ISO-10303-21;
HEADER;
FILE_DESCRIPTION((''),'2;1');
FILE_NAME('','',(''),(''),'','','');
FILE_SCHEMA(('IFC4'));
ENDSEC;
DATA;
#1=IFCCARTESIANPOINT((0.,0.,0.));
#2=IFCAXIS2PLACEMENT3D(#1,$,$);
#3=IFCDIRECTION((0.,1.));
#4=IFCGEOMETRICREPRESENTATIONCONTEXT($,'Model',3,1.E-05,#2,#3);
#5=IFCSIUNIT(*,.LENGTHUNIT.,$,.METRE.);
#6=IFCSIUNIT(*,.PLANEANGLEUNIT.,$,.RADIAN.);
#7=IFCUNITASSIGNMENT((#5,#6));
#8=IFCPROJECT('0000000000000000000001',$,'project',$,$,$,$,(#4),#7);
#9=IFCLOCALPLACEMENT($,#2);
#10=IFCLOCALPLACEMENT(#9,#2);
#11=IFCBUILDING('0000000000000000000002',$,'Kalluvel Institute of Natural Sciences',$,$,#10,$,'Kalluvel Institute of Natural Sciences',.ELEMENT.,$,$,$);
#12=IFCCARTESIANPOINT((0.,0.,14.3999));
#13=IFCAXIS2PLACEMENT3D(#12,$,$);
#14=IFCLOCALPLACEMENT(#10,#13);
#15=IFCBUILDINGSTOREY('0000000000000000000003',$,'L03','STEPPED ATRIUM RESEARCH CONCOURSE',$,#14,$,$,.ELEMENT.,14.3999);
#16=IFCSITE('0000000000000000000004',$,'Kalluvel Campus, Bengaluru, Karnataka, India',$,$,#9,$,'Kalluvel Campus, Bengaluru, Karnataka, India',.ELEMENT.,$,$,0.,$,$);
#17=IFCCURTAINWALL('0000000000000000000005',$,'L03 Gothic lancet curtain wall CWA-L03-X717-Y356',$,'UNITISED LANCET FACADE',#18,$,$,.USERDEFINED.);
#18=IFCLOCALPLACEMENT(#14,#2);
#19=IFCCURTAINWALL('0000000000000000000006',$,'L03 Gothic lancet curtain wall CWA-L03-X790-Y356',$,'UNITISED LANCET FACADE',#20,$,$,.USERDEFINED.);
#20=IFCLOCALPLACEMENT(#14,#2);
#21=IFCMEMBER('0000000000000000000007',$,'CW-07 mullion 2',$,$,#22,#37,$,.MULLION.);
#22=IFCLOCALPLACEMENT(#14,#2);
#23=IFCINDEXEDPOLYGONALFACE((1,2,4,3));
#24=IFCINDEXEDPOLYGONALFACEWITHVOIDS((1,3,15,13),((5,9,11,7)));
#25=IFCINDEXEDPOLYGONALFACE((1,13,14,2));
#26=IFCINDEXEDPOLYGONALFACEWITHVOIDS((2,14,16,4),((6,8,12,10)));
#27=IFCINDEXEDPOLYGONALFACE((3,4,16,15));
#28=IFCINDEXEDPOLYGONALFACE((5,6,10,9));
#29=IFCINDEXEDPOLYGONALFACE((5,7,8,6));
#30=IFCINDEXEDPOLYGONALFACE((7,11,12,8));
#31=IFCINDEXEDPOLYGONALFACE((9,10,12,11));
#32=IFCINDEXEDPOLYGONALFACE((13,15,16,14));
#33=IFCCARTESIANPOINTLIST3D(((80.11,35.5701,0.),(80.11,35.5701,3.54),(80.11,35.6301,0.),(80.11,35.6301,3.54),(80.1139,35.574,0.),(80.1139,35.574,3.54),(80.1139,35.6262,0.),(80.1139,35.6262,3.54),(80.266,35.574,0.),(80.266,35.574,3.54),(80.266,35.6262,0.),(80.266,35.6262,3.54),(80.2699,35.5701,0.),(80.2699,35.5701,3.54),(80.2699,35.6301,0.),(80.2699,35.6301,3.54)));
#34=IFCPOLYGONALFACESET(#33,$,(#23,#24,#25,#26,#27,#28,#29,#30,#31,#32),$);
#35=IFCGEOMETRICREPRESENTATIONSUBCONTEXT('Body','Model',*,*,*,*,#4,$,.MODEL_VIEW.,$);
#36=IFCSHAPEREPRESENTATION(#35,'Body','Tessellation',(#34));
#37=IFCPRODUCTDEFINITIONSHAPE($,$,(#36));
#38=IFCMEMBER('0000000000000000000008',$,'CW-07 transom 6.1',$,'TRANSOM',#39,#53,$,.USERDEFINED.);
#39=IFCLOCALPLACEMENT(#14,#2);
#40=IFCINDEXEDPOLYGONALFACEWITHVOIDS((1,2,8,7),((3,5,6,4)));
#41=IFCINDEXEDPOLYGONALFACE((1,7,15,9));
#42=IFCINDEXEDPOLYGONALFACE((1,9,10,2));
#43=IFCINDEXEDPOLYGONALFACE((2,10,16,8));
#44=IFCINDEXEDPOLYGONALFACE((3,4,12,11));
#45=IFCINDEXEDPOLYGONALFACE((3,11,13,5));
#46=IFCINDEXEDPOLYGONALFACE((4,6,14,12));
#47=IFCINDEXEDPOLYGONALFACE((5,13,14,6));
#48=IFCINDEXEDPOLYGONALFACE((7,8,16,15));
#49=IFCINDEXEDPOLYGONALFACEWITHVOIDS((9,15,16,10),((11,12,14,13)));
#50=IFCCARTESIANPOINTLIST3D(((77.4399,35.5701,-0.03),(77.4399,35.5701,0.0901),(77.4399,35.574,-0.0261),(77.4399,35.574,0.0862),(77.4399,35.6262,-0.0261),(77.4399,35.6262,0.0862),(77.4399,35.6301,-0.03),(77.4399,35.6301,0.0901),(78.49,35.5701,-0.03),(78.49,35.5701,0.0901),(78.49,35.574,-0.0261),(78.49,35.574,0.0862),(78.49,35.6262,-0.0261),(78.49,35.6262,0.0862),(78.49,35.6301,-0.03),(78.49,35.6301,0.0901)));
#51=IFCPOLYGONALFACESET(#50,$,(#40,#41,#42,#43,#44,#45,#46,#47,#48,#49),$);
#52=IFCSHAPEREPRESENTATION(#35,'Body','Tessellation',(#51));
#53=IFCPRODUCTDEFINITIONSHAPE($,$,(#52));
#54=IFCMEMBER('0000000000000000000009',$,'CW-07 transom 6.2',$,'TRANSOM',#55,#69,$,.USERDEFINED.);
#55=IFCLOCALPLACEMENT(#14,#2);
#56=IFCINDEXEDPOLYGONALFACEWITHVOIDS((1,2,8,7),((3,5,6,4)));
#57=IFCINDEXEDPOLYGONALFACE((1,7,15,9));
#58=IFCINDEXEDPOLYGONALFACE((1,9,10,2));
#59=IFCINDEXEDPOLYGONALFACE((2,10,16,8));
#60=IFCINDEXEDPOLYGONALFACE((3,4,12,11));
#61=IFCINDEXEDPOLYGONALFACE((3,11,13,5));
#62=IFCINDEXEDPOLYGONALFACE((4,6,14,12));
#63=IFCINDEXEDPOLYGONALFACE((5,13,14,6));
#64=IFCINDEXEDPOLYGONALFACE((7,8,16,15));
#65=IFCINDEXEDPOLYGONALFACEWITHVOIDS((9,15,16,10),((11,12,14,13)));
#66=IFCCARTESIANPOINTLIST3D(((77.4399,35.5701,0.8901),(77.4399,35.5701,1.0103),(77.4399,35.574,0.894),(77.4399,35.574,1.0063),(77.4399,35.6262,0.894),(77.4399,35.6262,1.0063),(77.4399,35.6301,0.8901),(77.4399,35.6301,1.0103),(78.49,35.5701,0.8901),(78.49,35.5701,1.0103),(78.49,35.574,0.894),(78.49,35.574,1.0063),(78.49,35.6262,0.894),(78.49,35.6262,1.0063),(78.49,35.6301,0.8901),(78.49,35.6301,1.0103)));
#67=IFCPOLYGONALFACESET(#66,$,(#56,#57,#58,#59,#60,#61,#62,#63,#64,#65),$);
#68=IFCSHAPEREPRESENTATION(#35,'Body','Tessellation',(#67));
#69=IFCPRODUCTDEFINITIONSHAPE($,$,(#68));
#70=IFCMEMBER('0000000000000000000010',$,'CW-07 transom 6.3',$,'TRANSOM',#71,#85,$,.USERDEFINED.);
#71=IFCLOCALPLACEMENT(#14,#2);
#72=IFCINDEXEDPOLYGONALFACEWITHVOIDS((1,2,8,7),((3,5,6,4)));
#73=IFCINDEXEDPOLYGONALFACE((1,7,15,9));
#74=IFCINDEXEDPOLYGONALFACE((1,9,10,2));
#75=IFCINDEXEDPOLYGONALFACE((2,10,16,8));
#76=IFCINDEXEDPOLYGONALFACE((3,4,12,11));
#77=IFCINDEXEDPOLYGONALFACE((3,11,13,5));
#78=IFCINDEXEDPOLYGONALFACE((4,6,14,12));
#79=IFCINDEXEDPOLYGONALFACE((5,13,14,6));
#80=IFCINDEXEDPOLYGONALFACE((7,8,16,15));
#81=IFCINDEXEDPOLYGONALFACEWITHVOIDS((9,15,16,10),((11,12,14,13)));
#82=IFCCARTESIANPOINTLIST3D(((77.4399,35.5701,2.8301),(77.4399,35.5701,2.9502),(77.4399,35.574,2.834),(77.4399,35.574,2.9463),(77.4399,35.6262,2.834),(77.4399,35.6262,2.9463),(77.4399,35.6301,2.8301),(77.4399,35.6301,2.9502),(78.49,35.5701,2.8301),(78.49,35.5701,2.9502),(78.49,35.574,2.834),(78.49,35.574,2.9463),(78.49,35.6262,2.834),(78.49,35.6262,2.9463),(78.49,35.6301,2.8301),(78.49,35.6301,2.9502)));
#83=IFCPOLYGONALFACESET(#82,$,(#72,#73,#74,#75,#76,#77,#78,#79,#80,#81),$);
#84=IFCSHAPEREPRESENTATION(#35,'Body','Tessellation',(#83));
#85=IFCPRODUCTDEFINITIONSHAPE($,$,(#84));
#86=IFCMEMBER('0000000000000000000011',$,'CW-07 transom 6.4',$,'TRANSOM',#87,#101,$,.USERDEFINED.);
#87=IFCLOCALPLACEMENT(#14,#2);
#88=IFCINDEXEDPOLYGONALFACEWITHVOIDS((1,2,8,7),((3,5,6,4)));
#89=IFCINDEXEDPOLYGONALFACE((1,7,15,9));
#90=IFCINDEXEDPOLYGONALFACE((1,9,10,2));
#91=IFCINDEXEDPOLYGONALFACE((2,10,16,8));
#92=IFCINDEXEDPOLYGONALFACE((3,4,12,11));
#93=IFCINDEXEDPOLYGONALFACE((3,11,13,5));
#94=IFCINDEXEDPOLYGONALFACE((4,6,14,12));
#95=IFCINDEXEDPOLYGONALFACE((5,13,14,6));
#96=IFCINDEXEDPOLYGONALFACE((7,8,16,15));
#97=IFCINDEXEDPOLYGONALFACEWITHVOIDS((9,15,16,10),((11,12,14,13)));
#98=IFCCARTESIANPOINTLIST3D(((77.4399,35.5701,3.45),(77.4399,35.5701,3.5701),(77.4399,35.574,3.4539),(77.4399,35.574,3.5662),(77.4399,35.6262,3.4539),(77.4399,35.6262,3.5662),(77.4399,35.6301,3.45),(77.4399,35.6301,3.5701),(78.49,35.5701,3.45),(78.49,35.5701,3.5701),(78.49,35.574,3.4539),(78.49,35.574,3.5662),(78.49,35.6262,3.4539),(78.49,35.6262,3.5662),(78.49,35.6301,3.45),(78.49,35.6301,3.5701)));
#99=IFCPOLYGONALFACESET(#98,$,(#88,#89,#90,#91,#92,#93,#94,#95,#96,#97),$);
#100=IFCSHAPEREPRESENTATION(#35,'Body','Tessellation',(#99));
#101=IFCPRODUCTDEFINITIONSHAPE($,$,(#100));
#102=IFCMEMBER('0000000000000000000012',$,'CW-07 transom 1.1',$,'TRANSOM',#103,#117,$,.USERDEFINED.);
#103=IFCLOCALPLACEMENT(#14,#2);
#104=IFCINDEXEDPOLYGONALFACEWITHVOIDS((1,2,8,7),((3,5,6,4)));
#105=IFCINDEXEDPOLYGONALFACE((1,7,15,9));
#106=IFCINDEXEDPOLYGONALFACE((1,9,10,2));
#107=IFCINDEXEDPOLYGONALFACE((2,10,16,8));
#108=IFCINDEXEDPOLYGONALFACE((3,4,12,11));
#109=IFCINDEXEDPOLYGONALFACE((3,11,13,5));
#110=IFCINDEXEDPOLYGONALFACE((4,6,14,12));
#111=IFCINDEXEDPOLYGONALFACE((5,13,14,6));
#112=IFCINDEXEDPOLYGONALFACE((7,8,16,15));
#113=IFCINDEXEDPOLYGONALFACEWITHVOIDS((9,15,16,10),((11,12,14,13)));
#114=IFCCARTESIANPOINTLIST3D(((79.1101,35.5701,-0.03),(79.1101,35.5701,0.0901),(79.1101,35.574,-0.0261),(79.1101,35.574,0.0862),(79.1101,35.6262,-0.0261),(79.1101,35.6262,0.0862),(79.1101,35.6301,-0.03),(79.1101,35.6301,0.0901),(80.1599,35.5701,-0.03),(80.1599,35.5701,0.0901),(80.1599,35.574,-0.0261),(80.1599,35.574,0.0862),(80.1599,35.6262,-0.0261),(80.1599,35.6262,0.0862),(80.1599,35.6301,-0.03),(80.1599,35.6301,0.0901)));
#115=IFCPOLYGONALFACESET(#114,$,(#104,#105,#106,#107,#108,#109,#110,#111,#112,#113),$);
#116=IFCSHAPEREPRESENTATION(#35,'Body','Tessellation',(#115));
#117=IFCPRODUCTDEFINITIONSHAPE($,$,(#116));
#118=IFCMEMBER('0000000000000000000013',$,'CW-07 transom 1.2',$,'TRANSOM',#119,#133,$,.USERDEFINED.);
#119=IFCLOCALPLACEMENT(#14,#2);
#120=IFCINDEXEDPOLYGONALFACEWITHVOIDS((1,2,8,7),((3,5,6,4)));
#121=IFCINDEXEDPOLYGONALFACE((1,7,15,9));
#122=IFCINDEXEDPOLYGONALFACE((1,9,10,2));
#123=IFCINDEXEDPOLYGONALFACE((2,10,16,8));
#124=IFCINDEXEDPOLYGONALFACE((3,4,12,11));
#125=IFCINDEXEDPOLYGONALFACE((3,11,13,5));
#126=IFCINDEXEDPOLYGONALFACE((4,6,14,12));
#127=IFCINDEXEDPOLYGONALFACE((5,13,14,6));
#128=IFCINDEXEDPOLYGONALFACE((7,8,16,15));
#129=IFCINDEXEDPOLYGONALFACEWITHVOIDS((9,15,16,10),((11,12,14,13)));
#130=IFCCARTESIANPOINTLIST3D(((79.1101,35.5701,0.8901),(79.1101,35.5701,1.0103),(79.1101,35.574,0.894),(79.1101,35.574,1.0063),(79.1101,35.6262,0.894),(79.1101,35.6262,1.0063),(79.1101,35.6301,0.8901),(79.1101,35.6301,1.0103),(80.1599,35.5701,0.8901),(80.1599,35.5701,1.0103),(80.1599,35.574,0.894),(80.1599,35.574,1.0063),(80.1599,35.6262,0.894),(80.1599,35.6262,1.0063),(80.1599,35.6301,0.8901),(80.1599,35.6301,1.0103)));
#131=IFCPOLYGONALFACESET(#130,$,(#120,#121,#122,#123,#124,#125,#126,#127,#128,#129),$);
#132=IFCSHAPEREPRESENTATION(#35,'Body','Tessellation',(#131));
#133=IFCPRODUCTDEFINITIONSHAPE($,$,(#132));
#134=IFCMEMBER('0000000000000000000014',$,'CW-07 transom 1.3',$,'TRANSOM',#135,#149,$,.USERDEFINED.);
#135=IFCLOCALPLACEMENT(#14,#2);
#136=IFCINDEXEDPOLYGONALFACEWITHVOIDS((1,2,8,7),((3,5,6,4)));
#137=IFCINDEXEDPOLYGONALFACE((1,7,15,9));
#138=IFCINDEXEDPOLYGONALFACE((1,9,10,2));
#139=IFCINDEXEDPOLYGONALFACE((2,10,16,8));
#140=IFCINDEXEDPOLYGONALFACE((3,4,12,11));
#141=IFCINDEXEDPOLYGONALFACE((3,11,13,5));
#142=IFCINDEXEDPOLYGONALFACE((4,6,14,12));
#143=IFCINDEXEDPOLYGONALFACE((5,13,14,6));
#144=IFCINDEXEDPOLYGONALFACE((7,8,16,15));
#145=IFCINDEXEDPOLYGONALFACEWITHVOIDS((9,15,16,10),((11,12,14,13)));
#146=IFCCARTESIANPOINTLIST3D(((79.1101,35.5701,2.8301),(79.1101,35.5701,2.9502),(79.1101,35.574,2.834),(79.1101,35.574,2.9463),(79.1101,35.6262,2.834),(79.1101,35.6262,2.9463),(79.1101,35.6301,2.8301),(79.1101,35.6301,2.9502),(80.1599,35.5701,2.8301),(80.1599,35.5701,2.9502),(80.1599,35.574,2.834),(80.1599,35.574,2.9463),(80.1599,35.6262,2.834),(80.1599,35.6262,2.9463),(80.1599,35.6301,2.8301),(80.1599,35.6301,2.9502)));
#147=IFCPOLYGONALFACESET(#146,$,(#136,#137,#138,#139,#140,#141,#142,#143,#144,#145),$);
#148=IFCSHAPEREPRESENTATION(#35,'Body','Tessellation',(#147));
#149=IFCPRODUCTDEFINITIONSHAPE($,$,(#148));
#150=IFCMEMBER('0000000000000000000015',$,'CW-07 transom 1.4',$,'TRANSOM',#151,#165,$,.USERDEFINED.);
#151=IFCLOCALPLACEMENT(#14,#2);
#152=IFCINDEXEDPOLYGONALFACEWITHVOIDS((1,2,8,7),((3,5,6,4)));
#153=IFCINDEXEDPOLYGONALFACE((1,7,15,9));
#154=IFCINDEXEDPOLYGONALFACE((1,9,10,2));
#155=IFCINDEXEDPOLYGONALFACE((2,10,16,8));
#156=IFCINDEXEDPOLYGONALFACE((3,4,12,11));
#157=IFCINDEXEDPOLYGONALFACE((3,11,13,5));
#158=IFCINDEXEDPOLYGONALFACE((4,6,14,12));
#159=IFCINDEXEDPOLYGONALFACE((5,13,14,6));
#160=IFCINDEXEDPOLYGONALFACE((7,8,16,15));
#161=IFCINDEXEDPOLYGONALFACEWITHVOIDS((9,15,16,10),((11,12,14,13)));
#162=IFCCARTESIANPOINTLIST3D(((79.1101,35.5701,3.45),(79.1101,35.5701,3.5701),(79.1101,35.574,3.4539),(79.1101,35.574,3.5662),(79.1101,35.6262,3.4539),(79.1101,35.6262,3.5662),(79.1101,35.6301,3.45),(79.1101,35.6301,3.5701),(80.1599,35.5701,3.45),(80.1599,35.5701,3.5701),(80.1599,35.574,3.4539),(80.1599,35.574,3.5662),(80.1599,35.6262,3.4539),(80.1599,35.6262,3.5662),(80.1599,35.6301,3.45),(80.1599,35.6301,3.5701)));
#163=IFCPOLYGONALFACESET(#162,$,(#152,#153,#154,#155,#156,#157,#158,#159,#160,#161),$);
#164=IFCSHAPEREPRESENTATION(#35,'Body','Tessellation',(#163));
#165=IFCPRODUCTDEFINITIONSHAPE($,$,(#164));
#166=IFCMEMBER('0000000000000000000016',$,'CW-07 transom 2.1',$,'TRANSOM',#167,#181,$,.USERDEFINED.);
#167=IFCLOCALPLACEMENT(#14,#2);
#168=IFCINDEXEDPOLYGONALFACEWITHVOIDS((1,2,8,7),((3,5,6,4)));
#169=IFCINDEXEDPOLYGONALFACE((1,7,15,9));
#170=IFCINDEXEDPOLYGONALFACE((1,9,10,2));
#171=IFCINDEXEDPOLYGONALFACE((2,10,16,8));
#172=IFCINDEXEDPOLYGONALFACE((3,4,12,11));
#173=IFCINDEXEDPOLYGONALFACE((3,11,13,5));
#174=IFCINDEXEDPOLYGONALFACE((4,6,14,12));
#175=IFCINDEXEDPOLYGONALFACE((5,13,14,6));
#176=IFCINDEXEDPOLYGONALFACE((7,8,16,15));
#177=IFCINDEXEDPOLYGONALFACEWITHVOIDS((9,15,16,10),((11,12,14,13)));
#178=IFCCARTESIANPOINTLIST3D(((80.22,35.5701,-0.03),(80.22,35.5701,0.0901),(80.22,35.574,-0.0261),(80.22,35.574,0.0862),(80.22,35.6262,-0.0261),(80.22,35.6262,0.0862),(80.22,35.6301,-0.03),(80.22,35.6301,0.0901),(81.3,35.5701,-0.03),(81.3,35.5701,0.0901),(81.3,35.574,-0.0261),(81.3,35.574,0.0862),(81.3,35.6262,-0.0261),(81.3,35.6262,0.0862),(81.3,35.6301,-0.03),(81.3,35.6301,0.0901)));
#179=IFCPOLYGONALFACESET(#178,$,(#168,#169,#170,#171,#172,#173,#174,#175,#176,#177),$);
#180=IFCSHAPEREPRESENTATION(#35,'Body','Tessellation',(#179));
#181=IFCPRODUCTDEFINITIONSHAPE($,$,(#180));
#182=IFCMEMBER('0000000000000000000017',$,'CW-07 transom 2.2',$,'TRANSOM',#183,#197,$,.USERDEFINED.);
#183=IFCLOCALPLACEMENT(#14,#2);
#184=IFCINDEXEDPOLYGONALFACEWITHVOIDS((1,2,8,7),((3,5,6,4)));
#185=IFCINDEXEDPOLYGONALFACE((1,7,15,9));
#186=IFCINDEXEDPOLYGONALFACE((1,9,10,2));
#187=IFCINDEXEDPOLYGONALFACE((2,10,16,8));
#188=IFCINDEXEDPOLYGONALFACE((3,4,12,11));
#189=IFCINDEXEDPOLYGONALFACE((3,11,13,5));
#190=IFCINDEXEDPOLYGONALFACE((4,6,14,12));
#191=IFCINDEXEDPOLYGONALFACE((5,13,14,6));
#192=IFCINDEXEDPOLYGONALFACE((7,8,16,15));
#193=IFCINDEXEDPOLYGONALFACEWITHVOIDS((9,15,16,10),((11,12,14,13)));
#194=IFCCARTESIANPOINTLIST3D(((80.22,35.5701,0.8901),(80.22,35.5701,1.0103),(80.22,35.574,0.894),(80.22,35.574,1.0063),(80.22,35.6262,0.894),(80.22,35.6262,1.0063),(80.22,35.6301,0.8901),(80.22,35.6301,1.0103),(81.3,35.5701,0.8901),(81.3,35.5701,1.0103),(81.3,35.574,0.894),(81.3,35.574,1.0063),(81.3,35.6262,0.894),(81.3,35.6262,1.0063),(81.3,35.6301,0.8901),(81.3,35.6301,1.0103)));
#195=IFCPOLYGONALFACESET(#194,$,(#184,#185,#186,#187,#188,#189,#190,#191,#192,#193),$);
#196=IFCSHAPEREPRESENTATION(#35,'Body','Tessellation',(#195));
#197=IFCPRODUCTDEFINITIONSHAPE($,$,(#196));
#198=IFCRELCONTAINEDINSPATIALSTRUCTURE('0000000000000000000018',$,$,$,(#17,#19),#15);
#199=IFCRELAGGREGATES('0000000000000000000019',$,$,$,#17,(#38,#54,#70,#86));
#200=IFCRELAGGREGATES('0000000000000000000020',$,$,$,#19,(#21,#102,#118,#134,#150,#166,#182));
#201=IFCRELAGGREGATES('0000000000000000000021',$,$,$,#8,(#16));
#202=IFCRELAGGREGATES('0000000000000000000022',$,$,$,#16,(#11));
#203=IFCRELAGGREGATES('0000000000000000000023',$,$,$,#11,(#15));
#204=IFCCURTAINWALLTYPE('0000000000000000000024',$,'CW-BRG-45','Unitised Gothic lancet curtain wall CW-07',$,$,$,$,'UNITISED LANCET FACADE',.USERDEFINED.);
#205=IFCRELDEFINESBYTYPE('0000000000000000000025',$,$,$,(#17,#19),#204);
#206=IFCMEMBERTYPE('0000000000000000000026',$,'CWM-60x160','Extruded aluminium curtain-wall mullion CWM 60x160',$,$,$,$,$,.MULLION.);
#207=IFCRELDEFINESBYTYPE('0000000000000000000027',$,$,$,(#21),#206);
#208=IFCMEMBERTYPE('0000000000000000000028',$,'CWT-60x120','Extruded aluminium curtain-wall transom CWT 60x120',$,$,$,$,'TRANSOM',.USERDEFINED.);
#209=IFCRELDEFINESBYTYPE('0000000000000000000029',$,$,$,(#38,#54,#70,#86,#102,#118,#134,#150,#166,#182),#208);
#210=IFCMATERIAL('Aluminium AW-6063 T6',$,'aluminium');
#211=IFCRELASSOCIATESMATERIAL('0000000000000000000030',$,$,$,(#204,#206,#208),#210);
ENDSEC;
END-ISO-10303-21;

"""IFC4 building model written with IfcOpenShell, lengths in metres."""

from ifc_helpers import new_model, si_unit, direction, frame, origin, origin_2d, place, context, subcontext, project, spatial, hollow_rectangle, extrude, material, material_profile, profile_set, type_object, element, aggregate, save


model = new_model("IFC4")

# Units and contexts
model_context = context("Model", 3, precision=1e-05, world=origin(), true_north=direction((0.0, 1.0)))
body_context = subcontext(model_context, "Body", "Model", "MODEL_VIEW")
ifc_project = project(units=[si_unit("LENGTHUNIT", "METRE"), si_unit("PLANEANGLEUNIT", "RADIAN")], contexts=[model_context])

# Site, building, storey
site_placement = place(None, origin())
site = spatial("IfcSite", under=ifc_project, at=site_placement, Name="Kalluvel Campus, Bengaluru, Karnataka, India", LongName="Kalluvel Campus, Bengaluru, Karnataka, India", CompositionType="ELEMENT", RefElevation=0.0)
building_placement = place(site_placement, origin())
building = spatial("IfcBuilding", under=site, at=building_placement, Name="Kalluvel Institute of Natural Sciences", LongName="Kalluvel Institute of Natural Sciences", CompositionType="ELEMENT")
storey_placement = place(building_placement, frame((0.0, 0.0, 14.3999)))
storey = spatial("IfcBuildingStorey", under=building, at=storey_placement, Name="L03", Description="STEPPED ATRIUM RESEARCH CONCOURSE", CompositionType="ELEMENT", Elevation=14.3999)

# Curtain wall
ifc_material_1 = material(Name="Aluminium AW-6063 T6", Category="aluminium")
curtain_wall_type = type_object("IfcCurtainWallType", Name="CW-BRG-45", Description="Unitised Gothic lancet curtain wall CW-07", ElementType="UNITISED LANCET FACADE", PredefinedType="USERDEFINED", material=ifc_material_1)
curtain_wall_1_placement = place(storey_placement, origin())
curtain_wall_1 = element("IfcCurtainWall", 1, at=curtain_wall_1_placement, inside=storey, type_object=curtain_wall_type, Name="L03 Gothic lancet curtain wall CWA-L03-X717-Y356", ObjectType="UNITISED LANCET FACADE", PredefinedType="USERDEFINED")
ifc_material_profile_1 = material_profile(ifc_material_1, hollow_rectangle(XDim=0.0601, YDim=0.1599, WallThickness=0.0039, at=origin_2d()), Name="CWM 60x160")
ifc_profile_set_1 = profile_set([ifc_material_profile_1], Name="Aluminium AW-6063 T6")
member_type_1 = type_object("IfcMemberType", Name="CWM-60x160", Description="Extruded aluminium curtain-wall mullion CWM 60x160", PredefinedType="MULLION", material=ifc_profile_set_1)

# Curtain wall, member
curtain_wall_2_placement = place(storey_placement, origin())
curtain_wall_2 = element("IfcCurtainWall", 2, at=curtain_wall_2_placement, inside=storey, type_object=curtain_wall_type, Name="L03 Gothic lancet curtain wall CWA-L03-X790-Y356", ObjectType="UNITISED LANCET FACADE", PredefinedType="USERDEFINED")
member_1_placement = place(storey_placement, frame((80.1899, 35.6001, 0.0), z_axis=(0.0, 0.0, 1.0), x_axis=(0.0, 1.0, 0.0)))
member_1 = element("IfcMember", 3, at=member_1_placement, type_object=member_type_1, Name="CW-07 mullion 2", PredefinedType="MULLION", context=body_context, shape_type="SweptSolid", body=[
    extrude(hollow_rectangle(XDim=0.0601, YDim=0.1599, WallThickness=0.0039, at=origin_2d()), origin(), (0.0, 0.0, 1.0), 3.54),
])

# Members
ifc_material_profile_2 = material_profile(ifc_material_1, hollow_rectangle(XDim=0.0601, YDim=0.1201, WallThickness=0.0039, at=origin_2d()), Name="CWT 60x120")
ifc_profile_set_2 = profile_set([ifc_material_profile_2], Name="Aluminium AW-6063 T6")
member_type_2 = type_object("IfcMemberType", Name="CWT-60x120", Description="Extruded aluminium curtain-wall transom CWT 60x120", ElementType="TRANSOM", PredefinedType="USERDEFINED", material=ifc_profile_set_2)
member_2_placement = place(storey_placement, frame((77.4399, 35.6001, 0.03), z_axis=(1.0, 0.0, 0.0), x_axis=(0.0, 1.0, 0.0)))
member_2 = element("IfcMember", 4, at=member_2_placement, type_object=member_type_2, Name="CW-07 transom 6.1", ObjectType="TRANSOM", PredefinedType="USERDEFINED", context=body_context, shape_type="SweptSolid", body=[
    extrude(hollow_rectangle(XDim=0.0601, YDim=0.1201, WallThickness=0.0039, at=origin_2d()), origin(), (0.0, 0.0, 1.0), 1.05),
])
member_3_placement = place(storey_placement, frame((77.4399, 35.6001, 0.9502), z_axis=(1.0, 0.0, 0.0), x_axis=(0.0, 1.0, 0.0)))
member_3 = element("IfcMember", 5, at=member_3_placement, type_object=member_type_2, Name="CW-07 transom 6.2", ObjectType="TRANSOM", PredefinedType="USERDEFINED", context=body_context, shape_type="SweptSolid", body=[
    extrude(hollow_rectangle(XDim=0.0601, YDim=0.1201, WallThickness=0.0039, at=origin_2d()), origin(), (0.0, 0.0, 1.0), 1.05),
])
member_4_placement = place(storey_placement, frame((77.4399, 35.6001, 2.8901), z_axis=(1.0, 0.0, 0.0), x_axis=(0.0, 1.0, 0.0)))
member_4 = element("IfcMember", 6, at=member_4_placement, type_object=member_type_2, Name="CW-07 transom 6.3", ObjectType="TRANSOM", PredefinedType="USERDEFINED", context=body_context, shape_type="SweptSolid", body=[
    extrude(hollow_rectangle(XDim=0.0601, YDim=0.1201, WallThickness=0.0039, at=origin_2d()), origin(), (0.0, 0.0, 1.0), 1.05),
])
member_5_placement = place(storey_placement, frame((77.4399, 35.6001, 3.51), z_axis=(1.0, 0.0, 0.0), x_axis=(0.0, 1.0, 0.0)))
member_5 = element("IfcMember", 7, at=member_5_placement, type_object=member_type_2, Name="CW-07 transom 6.4", ObjectType="TRANSOM", PredefinedType="USERDEFINED", context=body_context, shape_type="SweptSolid", body=[
    extrude(hollow_rectangle(XDim=0.0601, YDim=0.1201, WallThickness=0.0039, at=origin_2d()), origin(), (0.0, 0.0, 1.0), 1.05),
])
member_6_placement = place(storey_placement, frame((79.1101, 35.6001, 0.03), z_axis=(1.0, 0.0, 0.0), x_axis=(0.0, 1.0, 0.0)))
member_6 = element("IfcMember", 8, at=member_6_placement, type_object=member_type_2, Name="CW-07 transom 1.1", ObjectType="TRANSOM", PredefinedType="USERDEFINED", context=body_context, shape_type="SweptSolid", body=[
    extrude(hollow_rectangle(XDim=0.0601, YDim=0.1201, WallThickness=0.0039, at=origin_2d()), origin(), (0.0, 0.0, 1.0), 1.0498),
])
member_7_placement = place(storey_placement, frame((79.1101, 35.6001, 0.9502), z_axis=(1.0, 0.0, 0.0), x_axis=(0.0, 1.0, 0.0)))
member_7 = element("IfcMember", 9, at=member_7_placement, type_object=member_type_2, Name="CW-07 transom 1.2", ObjectType="TRANSOM", PredefinedType="USERDEFINED", context=body_context, shape_type="SweptSolid", body=[
    extrude(hollow_rectangle(XDim=0.0601, YDim=0.1201, WallThickness=0.0039, at=origin_2d()), origin(), (0.0, 0.0, 1.0), 1.0498),
])
member_8_placement = place(storey_placement, frame((79.1101, 35.6001, 2.8901), z_axis=(1.0, 0.0, 0.0), x_axis=(0.0, 1.0, 0.0)))
member_8 = element("IfcMember", 10, at=member_8_placement, type_object=member_type_2, Name="CW-07 transom 1.3", ObjectType="TRANSOM", PredefinedType="USERDEFINED", context=body_context, shape_type="SweptSolid", body=[
    extrude(hollow_rectangle(XDim=0.0601, YDim=0.1201, WallThickness=0.0039, at=origin_2d()), origin(), (0.0, 0.0, 1.0), 1.0498),
])
member_9_placement = place(storey_placement, frame((79.1101, 35.6001, 3.51), z_axis=(1.0, 0.0, 0.0), x_axis=(0.0, 1.0, 0.0)))
member_9 = element("IfcMember", 11, at=member_9_placement, type_object=member_type_2, Name="CW-07 transom 1.4", ObjectType="TRANSOM", PredefinedType="USERDEFINED", context=body_context, shape_type="SweptSolid", body=[
    extrude(hollow_rectangle(XDim=0.0601, YDim=0.1201, WallThickness=0.0039, at=origin_2d()), origin(), (0.0, 0.0, 1.0), 1.0498),
])
member_10_placement = place(storey_placement, frame((80.22, 35.6001, 0.03), z_axis=(1.0, 0.0, 0.0), x_axis=(0.0, 1.0, 0.0)))
member_10 = element("IfcMember", 12, at=member_10_placement, type_object=member_type_2, Name="CW-07 transom 2.1", ObjectType="TRANSOM", PredefinedType="USERDEFINED", context=body_context, shape_type="SweptSolid", body=[
    extrude(hollow_rectangle(XDim=0.0601, YDim=0.1201, WallThickness=0.0039, at=origin_2d()), origin(), (0.0, 0.0, 1.0), 1.0801),
])
member_11_placement = place(storey_placement, frame((80.22, 35.6001, 0.9502), z_axis=(1.0, 0.0, 0.0), x_axis=(0.0, 1.0, 0.0)))
member_11 = element("IfcMember", 13, at=member_11_placement, type_object=member_type_2, Name="CW-07 transom 2.2", ObjectType="TRANSOM", PredefinedType="USERDEFINED", context=body_context, shape_type="SweptSolid", body=[
    extrude(hollow_rectangle(XDim=0.0601, YDim=0.1201, WallThickness=0.0039, at=origin_2d()), origin(), (0.0, 0.0, 1.0), 1.0801),
])

aggregate(curtain_wall_1, [member_2, member_3, member_4, member_5])

aggregate(curtain_wall_2, [member_1, member_6, member_7, member_8, member_9, member_10, member_11])

save(model, "model.ifc")
